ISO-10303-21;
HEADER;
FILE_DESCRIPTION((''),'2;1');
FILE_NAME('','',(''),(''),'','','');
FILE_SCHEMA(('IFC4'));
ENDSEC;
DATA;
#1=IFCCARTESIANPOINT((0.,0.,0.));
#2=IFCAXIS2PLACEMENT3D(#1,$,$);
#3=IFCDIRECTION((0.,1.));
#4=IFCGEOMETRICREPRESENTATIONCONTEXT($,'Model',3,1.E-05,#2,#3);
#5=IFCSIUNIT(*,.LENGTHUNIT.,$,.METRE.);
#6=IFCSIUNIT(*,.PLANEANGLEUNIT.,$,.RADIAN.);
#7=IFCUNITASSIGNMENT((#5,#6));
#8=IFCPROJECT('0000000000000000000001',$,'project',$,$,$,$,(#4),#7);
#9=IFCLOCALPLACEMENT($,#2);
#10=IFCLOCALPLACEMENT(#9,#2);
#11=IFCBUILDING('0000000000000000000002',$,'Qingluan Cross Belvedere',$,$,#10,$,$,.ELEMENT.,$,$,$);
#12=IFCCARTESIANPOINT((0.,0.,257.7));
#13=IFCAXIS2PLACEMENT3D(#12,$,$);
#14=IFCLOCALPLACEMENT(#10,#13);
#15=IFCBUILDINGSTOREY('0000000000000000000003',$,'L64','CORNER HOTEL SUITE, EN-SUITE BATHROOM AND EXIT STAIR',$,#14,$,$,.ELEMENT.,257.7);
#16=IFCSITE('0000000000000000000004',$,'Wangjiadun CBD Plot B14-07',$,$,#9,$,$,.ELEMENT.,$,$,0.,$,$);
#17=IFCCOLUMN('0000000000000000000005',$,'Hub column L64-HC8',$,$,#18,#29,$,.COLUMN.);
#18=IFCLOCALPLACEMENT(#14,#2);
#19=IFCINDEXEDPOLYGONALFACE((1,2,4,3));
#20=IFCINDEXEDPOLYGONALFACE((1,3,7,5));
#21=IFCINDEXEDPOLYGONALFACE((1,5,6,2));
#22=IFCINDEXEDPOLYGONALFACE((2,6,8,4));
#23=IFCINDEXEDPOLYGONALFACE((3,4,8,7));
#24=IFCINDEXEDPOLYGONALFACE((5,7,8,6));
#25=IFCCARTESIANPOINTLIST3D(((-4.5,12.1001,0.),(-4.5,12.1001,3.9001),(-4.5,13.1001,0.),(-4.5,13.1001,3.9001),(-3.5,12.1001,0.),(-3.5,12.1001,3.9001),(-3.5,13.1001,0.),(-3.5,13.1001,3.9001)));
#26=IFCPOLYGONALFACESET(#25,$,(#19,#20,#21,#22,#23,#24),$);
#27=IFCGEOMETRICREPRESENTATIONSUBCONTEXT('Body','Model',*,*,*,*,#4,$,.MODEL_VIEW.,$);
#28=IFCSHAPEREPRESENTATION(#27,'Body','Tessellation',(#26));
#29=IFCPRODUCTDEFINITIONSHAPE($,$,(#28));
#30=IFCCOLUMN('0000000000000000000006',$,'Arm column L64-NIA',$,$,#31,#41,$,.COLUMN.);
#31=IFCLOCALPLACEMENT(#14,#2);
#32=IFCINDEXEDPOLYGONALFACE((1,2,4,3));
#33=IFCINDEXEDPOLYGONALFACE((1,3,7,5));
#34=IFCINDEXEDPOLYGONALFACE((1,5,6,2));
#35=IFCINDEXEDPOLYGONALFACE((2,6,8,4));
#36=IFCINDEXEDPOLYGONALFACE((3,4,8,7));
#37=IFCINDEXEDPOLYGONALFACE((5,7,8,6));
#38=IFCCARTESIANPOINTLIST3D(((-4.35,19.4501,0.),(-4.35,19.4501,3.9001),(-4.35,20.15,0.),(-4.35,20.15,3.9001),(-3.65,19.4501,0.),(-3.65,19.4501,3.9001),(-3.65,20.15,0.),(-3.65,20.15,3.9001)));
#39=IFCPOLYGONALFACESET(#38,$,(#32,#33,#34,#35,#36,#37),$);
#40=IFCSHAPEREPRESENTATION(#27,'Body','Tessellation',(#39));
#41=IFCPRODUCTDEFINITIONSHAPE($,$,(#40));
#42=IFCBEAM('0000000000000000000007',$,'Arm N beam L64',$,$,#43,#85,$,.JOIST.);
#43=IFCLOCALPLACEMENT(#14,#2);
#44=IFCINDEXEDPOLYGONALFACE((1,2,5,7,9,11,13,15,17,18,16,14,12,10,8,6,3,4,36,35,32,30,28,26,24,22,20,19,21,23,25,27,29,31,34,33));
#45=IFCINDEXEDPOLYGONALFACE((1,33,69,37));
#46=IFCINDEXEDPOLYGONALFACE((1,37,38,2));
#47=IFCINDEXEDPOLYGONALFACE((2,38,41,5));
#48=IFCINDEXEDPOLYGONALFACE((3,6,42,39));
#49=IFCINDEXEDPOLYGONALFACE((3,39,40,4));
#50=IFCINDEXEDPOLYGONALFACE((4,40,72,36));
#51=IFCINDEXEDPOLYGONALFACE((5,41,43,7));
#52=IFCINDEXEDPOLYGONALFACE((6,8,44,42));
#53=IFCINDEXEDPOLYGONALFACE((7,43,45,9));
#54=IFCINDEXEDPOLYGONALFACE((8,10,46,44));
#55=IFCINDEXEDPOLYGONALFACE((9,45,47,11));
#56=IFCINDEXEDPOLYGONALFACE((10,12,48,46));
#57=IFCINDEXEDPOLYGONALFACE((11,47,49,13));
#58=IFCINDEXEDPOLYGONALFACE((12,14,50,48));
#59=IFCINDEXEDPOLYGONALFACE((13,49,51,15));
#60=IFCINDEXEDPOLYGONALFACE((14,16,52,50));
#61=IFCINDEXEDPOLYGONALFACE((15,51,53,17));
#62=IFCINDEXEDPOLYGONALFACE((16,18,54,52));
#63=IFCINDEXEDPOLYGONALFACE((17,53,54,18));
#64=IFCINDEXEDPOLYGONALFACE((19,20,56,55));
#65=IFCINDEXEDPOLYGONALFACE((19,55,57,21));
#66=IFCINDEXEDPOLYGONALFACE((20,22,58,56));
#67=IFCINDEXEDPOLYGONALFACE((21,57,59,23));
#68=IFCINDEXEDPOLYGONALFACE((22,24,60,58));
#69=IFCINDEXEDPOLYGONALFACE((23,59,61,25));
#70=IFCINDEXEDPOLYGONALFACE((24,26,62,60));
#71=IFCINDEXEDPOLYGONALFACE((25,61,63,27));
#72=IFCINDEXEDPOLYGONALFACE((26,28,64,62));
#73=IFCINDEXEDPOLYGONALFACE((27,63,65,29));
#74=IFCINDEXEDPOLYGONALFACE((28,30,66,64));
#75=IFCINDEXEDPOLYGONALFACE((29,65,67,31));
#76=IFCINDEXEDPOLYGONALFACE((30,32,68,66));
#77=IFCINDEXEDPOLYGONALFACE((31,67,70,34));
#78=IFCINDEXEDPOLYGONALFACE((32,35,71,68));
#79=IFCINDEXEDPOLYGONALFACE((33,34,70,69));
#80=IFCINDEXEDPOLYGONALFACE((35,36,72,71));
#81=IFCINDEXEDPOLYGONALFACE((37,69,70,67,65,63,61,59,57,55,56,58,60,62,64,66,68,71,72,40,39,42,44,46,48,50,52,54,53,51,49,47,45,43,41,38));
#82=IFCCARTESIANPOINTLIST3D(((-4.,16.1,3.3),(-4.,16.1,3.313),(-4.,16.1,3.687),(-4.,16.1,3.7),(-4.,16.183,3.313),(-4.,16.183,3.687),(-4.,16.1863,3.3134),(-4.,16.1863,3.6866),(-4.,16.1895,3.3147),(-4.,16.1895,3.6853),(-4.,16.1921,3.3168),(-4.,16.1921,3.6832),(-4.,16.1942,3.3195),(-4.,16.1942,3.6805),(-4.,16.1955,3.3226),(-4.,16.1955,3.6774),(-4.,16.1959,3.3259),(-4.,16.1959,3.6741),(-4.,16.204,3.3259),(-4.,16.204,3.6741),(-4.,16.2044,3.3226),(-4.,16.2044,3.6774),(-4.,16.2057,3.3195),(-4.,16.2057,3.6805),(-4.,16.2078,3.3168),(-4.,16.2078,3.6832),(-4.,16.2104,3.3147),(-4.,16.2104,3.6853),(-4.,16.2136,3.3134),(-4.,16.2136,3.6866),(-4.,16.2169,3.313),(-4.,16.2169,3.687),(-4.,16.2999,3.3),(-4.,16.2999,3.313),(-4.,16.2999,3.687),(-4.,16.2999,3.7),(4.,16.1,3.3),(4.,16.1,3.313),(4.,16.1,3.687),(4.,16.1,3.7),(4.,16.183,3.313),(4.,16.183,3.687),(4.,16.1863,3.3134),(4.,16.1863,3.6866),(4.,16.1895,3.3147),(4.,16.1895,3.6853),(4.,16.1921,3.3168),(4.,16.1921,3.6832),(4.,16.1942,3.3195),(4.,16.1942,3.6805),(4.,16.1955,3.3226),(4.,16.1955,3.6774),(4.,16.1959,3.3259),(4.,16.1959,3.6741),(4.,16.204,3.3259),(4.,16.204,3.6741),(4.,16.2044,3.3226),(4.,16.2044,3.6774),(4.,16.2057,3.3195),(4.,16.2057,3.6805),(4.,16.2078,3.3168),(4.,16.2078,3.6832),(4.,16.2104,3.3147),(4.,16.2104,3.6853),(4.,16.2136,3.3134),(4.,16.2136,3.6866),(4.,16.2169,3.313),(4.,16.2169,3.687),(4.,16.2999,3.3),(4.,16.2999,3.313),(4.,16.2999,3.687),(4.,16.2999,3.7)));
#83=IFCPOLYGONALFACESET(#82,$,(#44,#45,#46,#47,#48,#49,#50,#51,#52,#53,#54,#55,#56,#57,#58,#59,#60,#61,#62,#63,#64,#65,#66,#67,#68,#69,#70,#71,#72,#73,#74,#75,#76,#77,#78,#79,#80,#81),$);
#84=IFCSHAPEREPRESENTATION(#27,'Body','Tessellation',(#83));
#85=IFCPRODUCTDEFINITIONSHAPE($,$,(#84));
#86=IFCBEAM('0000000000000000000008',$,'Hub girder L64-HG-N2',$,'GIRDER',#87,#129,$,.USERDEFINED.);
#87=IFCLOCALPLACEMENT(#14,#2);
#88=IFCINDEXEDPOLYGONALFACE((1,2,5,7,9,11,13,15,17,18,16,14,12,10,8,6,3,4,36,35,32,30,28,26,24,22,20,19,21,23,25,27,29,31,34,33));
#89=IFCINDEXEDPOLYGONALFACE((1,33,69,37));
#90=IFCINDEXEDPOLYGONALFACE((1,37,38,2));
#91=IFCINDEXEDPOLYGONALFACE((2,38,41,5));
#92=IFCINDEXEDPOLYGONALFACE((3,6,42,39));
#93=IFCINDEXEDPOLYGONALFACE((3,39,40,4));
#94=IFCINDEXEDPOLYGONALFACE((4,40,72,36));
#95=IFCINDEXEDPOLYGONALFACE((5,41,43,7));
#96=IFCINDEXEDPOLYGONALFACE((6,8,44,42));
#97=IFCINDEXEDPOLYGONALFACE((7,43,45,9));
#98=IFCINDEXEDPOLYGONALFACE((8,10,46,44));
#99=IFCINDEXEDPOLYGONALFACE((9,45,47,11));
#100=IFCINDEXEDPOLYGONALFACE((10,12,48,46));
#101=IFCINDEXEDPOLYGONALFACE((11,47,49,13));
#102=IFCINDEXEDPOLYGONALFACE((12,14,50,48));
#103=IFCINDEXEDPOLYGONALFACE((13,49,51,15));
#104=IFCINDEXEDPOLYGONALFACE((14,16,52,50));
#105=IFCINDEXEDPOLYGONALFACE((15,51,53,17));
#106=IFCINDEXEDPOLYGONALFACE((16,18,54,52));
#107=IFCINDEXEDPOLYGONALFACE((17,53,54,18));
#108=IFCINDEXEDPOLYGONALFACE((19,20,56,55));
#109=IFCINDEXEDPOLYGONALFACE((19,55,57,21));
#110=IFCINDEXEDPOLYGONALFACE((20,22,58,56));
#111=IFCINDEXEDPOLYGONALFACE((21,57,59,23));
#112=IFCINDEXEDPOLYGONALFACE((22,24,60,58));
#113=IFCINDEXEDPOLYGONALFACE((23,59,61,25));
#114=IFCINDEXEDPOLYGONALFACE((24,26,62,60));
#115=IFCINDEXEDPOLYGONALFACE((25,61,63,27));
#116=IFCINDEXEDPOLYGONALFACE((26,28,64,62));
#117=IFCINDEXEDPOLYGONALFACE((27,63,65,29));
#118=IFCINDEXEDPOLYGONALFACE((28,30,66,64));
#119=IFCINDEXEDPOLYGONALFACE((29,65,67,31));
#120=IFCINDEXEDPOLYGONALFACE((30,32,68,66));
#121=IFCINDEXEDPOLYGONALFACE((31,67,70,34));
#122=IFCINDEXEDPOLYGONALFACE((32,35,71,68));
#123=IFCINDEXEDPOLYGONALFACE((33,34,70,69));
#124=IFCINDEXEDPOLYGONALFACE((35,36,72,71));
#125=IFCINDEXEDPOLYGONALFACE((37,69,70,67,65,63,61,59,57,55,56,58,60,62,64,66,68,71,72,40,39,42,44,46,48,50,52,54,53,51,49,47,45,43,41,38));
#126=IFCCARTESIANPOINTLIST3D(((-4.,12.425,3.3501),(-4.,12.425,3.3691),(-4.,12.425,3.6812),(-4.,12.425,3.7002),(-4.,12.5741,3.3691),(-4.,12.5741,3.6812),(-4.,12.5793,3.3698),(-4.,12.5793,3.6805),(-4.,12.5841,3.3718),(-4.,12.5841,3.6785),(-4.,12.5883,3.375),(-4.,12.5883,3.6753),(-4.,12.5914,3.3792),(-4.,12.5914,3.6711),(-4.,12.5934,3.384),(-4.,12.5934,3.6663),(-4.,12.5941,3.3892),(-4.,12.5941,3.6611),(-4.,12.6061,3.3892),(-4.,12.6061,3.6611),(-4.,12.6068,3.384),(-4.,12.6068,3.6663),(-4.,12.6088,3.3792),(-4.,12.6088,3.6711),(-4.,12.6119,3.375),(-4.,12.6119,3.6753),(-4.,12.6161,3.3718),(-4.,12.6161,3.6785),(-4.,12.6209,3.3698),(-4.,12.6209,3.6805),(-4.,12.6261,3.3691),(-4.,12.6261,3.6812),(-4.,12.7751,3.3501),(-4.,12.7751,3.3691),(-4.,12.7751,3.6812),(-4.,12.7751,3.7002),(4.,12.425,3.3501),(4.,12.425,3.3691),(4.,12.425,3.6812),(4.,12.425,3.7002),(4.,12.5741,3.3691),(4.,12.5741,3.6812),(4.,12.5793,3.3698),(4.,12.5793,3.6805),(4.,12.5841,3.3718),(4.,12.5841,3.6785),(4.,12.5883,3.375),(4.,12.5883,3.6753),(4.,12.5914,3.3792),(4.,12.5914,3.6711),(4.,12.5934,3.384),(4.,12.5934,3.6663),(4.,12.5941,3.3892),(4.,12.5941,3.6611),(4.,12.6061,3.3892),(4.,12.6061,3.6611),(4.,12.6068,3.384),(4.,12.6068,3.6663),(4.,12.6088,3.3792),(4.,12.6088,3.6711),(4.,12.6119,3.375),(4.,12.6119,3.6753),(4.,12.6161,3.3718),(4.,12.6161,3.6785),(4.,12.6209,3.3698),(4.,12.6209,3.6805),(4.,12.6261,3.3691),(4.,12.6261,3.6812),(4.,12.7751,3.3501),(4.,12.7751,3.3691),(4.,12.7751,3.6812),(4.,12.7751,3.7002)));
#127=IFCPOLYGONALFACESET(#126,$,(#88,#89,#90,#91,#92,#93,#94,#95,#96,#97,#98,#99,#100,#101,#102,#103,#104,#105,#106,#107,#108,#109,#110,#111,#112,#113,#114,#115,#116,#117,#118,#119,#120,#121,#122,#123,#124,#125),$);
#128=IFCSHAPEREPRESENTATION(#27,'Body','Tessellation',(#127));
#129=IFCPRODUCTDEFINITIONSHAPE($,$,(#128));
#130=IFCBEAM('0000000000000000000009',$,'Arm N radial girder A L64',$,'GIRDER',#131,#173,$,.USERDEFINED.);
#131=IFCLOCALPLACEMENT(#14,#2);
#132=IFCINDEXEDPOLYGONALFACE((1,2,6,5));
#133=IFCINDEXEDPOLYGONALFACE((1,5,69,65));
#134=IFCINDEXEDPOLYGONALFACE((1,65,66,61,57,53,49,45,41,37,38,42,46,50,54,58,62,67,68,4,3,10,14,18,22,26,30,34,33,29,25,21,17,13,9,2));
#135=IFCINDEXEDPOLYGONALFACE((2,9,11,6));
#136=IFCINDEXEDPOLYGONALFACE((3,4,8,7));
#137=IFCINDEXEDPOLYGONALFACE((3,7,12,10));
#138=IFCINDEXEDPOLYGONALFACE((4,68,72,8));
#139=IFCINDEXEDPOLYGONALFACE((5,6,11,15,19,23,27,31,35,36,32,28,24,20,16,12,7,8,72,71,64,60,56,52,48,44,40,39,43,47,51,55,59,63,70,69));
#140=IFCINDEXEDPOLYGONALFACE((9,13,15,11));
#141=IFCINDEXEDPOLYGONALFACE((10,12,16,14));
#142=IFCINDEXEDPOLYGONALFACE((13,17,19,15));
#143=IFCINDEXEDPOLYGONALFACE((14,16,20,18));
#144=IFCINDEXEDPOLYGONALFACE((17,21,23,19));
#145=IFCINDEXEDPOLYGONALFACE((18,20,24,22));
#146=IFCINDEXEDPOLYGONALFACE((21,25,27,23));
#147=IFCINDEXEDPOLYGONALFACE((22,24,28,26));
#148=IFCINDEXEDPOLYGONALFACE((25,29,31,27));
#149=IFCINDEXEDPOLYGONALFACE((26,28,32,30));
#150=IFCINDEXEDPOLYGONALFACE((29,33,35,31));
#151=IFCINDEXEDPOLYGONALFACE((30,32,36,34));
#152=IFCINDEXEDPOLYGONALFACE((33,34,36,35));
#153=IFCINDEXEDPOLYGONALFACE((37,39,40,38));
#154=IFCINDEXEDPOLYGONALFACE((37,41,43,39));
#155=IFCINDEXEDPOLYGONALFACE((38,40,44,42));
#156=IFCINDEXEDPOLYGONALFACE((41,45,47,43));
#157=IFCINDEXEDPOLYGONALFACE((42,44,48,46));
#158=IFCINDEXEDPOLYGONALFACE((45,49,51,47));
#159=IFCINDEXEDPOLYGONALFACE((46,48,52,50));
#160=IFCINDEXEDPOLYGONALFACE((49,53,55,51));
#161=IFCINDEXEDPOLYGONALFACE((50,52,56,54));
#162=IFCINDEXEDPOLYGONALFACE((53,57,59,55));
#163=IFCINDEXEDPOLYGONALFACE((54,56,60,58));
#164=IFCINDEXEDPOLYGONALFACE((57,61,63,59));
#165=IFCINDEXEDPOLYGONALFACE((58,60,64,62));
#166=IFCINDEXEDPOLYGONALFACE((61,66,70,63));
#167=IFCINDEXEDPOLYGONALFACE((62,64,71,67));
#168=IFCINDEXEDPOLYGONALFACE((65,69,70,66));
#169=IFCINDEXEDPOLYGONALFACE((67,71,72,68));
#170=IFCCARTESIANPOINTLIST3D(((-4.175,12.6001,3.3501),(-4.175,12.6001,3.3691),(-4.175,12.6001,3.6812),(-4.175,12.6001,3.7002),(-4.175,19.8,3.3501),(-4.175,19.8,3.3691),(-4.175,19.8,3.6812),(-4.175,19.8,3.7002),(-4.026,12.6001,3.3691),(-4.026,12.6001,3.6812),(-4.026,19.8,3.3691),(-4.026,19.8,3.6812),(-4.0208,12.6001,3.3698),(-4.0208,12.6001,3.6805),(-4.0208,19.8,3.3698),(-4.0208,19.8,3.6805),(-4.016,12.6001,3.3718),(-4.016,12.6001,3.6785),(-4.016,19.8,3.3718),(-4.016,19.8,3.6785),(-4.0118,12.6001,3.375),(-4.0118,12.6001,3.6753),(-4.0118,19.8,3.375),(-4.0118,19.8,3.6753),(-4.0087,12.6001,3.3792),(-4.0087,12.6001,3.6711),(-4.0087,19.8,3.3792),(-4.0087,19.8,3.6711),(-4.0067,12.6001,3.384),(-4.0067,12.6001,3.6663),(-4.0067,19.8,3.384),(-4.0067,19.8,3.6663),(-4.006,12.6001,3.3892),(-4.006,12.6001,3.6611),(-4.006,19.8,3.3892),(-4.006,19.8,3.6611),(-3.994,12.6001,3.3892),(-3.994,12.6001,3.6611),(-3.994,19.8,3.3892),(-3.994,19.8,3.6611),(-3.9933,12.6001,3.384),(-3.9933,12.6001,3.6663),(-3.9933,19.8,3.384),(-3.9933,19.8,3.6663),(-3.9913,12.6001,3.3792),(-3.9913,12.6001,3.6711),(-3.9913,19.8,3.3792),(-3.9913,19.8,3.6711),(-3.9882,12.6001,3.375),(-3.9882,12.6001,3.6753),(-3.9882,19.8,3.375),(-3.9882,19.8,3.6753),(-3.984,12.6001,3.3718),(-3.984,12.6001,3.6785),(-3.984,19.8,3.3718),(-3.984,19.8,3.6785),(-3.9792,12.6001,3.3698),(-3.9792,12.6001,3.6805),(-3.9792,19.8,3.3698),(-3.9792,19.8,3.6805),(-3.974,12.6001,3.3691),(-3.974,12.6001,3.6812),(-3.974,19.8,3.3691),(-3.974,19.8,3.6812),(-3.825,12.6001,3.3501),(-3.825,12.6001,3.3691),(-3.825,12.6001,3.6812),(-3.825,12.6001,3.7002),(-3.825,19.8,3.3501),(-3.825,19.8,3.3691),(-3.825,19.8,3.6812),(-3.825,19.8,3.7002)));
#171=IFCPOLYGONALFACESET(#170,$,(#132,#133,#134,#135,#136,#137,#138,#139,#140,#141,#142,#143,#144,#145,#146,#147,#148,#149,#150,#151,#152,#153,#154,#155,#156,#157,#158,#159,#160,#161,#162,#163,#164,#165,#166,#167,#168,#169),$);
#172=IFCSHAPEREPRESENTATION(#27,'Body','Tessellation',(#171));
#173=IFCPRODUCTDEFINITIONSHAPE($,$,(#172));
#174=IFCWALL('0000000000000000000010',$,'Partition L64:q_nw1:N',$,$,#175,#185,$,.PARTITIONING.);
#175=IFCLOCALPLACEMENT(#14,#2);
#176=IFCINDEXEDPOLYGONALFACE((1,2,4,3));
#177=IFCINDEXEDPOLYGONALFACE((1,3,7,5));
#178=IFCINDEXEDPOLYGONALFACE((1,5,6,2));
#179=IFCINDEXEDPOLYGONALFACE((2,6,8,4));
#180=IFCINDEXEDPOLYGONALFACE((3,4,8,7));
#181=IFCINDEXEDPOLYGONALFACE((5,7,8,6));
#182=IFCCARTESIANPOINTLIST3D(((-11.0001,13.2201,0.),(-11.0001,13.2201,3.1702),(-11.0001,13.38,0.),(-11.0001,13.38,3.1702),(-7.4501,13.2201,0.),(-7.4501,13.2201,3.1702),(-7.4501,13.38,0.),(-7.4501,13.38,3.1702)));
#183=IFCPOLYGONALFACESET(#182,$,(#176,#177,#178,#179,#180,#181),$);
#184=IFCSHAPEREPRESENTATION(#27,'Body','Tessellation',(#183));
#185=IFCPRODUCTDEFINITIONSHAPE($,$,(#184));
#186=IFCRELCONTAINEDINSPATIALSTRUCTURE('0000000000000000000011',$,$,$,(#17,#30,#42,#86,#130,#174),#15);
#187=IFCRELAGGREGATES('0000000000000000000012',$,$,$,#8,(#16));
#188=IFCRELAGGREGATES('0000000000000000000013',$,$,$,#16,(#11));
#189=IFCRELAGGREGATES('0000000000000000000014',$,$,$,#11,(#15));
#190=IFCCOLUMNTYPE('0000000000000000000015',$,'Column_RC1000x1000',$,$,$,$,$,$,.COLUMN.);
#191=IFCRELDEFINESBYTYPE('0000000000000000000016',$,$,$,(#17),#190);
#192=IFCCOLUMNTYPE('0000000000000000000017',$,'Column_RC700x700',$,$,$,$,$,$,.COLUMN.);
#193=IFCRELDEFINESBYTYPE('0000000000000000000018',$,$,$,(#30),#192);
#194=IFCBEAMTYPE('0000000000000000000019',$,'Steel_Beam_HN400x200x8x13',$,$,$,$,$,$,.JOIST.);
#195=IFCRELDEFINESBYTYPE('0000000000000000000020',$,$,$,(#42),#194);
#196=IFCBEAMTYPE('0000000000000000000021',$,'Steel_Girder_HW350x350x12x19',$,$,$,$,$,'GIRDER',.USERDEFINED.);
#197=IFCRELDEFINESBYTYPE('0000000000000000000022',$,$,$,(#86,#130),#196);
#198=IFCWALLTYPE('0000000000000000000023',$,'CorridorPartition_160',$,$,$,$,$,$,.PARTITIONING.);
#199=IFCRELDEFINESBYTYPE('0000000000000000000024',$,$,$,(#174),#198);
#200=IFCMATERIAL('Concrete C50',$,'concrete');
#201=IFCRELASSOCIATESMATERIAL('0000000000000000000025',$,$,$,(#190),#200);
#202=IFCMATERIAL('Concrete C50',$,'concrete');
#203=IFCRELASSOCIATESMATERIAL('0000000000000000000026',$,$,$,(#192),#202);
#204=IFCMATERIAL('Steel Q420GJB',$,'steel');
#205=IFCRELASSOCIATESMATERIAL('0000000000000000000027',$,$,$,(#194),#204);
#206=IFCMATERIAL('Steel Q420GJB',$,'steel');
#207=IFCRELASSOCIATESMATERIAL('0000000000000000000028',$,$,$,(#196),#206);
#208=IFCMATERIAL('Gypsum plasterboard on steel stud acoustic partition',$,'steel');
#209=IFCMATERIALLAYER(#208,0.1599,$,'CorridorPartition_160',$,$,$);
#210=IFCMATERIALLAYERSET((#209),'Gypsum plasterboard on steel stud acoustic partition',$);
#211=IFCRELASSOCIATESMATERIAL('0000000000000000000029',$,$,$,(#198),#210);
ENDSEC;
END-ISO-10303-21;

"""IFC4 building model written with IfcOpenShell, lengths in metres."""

from ifc_helpers import new_model, si_unit, direction, frame, frame_2d, origin, origin_2d, place, context, subcontext, project, spatial, rectangle, i_section, extrude, material, layer, layer_set, material_profile, profile_set, type_object, element, save


model = new_model("IFC4")

# Units and contexts
model_context = context("Model", 3, precision=1e-05, world=origin(), true_north=direction((0.0, 1.0)))
body_context = subcontext(model_context, "Body", "Model", "MODEL_VIEW")
ifc_project = project(units=[si_unit("LENGTHUNIT", "METRE"), si_unit("PLANEANGLEUNIT", "RADIAN")], contexts=[model_context])

# Site, building, storey
site_placement = place(None, origin())
site = spatial("IfcSite", under=ifc_project, at=site_placement, Name="Wangjiadun CBD Plot B14-07", CompositionType="ELEMENT", RefElevation=0.0)
building_placement = place(site_placement, origin())
building = spatial("IfcBuilding", under=site, at=building_placement, Name="Qingluan Cross Belvedere", CompositionType="ELEMENT")
storey_placement = place(building_placement, frame((0.0, 0.0, 257.7)))
storey = spatial("IfcBuildingStorey", under=building, at=storey_placement, Name="L64", Description="CORNER HOTEL SUITE, EN-SUITE BATHROOM AND EXIT STAIR", CompositionType="ELEMENT", Elevation=257.7)

# Columns
ifc_material_1 = material(Name="Concrete C50", Category="concrete")
ifc_material_profile_1 = material_profile(ifc_material_1, rectangle(XDim=1.0, YDim=1.0, at=origin_2d()), Name="RC1000x1000")
ifc_profile_set_1 = profile_set([ifc_material_profile_1], Name="Concrete C50")
column_type_1 = type_object("IfcColumnType", Name="Column_RC1000x1000", PredefinedType="COLUMN", material=ifc_profile_set_1)
column_1_placement = place(storey_placement, frame((-4.0, 12.6001, 0.0), z_axis=(0.0, 0.0, 1.0), x_axis=(1.0, 0.0, 0.0)))
element("IfcColumn", 1, at=column_1_placement, inside=storey, type_object=column_type_1, Name="Hub column L64-HC8", PredefinedType="COLUMN", context=body_context, shape_type="SweptSolid", body=[
    extrude(rectangle(XDim=1.0, YDim=1.0, at=origin_2d()), origin(), (0.0, 0.0, 1.0), 3.9001),
])
ifc_material_2 = material(Name="Concrete C50", Category="concrete")
ifc_material_profile_2 = material_profile(ifc_material_2, rectangle(XDim=0.7, YDim=0.7, at=origin_2d()), Name="RC700x700")
ifc_profile_set_2 = profile_set([ifc_material_profile_2], Name="Concrete C50")
column_type_2 = type_object("IfcColumnType", Name="Column_RC700x700", PredefinedType="COLUMN", material=ifc_profile_set_2)
column_2_placement = place(storey_placement, frame((-4.0, 19.8, 0.0), z_axis=(0.0, 0.0, 1.0), x_axis=(1.0, 0.0, 0.0)))
element("IfcColumn", 2, at=column_2_placement, inside=storey, type_object=column_type_2, Name="Arm column L64-NIA", PredefinedType="COLUMN", context=body_context, shape_type="SweptSolid", body=[
    extrude(rectangle(XDim=0.7, YDim=0.7, at=origin_2d()), origin(), (0.0, 0.0, 1.0), 3.9001),
])

# Beams
ifc_material_3 = material(Name="Steel Q420GJB", Category="steel")
ifc_material_profile_3 = material_profile(ifc_material_3, i_section(OverallWidth=0.2, OverallDepth=0.3999, WebThickness=0.0081, FlangeThickness=0.0129, FilletRadius=0.0129, at=origin_2d()), Name="HN400x200x8x13")
ifc_profile_set_3 = profile_set([ifc_material_profile_3], Name="Steel Q420GJB")
beam_type_1 = type_object("IfcBeamType", Name="Steel_Beam_HN400x200x8x13", PredefinedType="JOIST", material=ifc_profile_set_3)
beam_1_placement = place(storey_placement, frame((-4.0, 16.2, 3.5), z_axis=(1.0, 0.0, 0.0), x_axis=(0.0, 1.0, 0.0)))
element("IfcBeam", 3, at=beam_1_placement, inside=storey, type_object=beam_type_1, Name="Arm N beam L64", PredefinedType="JOIST", context=body_context, shape_type="SweptSolid", body=[
    extrude(i_section(OverallWidth=0.2, OverallDepth=0.3999, WebThickness=0.0081, FlangeThickness=0.0129, FilletRadius=0.0129, at=origin_2d()), origin(), (0.0, 0.0, 1.0), 8.0),
])
ifc_material_4 = material(Name="Steel Q420GJB", Category="steel")
ifc_material_profile_4 = material_profile(ifc_material_4, i_section(OverallWidth=0.3501, OverallDepth=0.3501, WebThickness=0.012, FlangeThickness=0.019, FilletRadius=0.02, at=origin_2d()), Name="HW350x350x12x19")
ifc_profile_set_4 = profile_set([ifc_material_profile_4], Name="Steel Q420GJB")
beam_type_2 = type_object("IfcBeamType", Name="Steel_Girder_HW350x350x12x19", ElementType="GIRDER", PredefinedType="USERDEFINED", material=ifc_profile_set_4)
beam_2_placement = place(storey_placement, frame((-4.0, 12.6001, 3.5251), z_axis=(1.0, 0.0, 0.0), x_axis=(0.0, 1.0, 0.0)))
element("IfcBeam", 4, at=beam_2_placement, inside=storey, type_object=beam_type_2, Name="Hub girder L64-HG-N2", ObjectType="GIRDER", PredefinedType="USERDEFINED", context=body_context, shape_type="SweptSolid", body=[
    extrude(i_section(OverallWidth=0.3501, OverallDepth=0.3501, WebThickness=0.012, FlangeThickness=0.019, FilletRadius=0.02, at=origin_2d()), origin(), (0.0, 0.0, 1.0), 8.0),
])
beam_3_placement = place(storey_placement, frame((-4.0, 12.6001, 3.5251), z_axis=(0.0, 1.0, 0.0), x_axis=(-1.0, 0.0, 0.0)))
element("IfcBeam", 5, at=beam_3_placement, inside=storey, type_object=beam_type_2, Name="Arm N radial girder A L64", ObjectType="GIRDER", PredefinedType="USERDEFINED", context=body_context, shape_type="SweptSolid", body=[
    extrude(i_section(OverallWidth=0.3501, OverallDepth=0.3501, WebThickness=0.012, FlangeThickness=0.019, FilletRadius=0.02, at=origin_2d()), origin(), (0.0, 0.0, 1.0), 7.2),
])

# Shared definitions
ifc_material_5 = material(Name="Gypsum plasterboard on steel stud acoustic partition", Category="steel")
ifc_layer_1 = layer(ifc_material_5, 0.1599, Name="CorridorPartition_160")
ifc_layer_set_1 = layer_set([ifc_layer_1], Name="Gypsum plasterboard on steel stud acoustic partition")
wall_type_1 = type_object("IfcWallType", Name="CorridorPartition_160", PredefinedType="PARTITIONING", material=ifc_layer_set_1)

# Wall
wall_1_placement = place(storey_placement, frame((-11.0, 13.3, 0.0), z_axis=(0.0, 0.0, 1.0), x_axis=(1.0, 0.0, 0.0)))
element("IfcWall", 6, at=wall_1_placement, inside=storey, type_object=wall_type_1, Name="Partition L64:q_nw1:N", PredefinedType="PARTITIONING", context=body_context, shape_type="SweptSolid", body=[
    extrude(rectangle(XDim=3.55, YDim=0.1599, at=frame_2d((1.7749, 0.0))), origin(), (0.0, 0.0, 1.0), 3.1702),
])

save(model, "model.ifc")
